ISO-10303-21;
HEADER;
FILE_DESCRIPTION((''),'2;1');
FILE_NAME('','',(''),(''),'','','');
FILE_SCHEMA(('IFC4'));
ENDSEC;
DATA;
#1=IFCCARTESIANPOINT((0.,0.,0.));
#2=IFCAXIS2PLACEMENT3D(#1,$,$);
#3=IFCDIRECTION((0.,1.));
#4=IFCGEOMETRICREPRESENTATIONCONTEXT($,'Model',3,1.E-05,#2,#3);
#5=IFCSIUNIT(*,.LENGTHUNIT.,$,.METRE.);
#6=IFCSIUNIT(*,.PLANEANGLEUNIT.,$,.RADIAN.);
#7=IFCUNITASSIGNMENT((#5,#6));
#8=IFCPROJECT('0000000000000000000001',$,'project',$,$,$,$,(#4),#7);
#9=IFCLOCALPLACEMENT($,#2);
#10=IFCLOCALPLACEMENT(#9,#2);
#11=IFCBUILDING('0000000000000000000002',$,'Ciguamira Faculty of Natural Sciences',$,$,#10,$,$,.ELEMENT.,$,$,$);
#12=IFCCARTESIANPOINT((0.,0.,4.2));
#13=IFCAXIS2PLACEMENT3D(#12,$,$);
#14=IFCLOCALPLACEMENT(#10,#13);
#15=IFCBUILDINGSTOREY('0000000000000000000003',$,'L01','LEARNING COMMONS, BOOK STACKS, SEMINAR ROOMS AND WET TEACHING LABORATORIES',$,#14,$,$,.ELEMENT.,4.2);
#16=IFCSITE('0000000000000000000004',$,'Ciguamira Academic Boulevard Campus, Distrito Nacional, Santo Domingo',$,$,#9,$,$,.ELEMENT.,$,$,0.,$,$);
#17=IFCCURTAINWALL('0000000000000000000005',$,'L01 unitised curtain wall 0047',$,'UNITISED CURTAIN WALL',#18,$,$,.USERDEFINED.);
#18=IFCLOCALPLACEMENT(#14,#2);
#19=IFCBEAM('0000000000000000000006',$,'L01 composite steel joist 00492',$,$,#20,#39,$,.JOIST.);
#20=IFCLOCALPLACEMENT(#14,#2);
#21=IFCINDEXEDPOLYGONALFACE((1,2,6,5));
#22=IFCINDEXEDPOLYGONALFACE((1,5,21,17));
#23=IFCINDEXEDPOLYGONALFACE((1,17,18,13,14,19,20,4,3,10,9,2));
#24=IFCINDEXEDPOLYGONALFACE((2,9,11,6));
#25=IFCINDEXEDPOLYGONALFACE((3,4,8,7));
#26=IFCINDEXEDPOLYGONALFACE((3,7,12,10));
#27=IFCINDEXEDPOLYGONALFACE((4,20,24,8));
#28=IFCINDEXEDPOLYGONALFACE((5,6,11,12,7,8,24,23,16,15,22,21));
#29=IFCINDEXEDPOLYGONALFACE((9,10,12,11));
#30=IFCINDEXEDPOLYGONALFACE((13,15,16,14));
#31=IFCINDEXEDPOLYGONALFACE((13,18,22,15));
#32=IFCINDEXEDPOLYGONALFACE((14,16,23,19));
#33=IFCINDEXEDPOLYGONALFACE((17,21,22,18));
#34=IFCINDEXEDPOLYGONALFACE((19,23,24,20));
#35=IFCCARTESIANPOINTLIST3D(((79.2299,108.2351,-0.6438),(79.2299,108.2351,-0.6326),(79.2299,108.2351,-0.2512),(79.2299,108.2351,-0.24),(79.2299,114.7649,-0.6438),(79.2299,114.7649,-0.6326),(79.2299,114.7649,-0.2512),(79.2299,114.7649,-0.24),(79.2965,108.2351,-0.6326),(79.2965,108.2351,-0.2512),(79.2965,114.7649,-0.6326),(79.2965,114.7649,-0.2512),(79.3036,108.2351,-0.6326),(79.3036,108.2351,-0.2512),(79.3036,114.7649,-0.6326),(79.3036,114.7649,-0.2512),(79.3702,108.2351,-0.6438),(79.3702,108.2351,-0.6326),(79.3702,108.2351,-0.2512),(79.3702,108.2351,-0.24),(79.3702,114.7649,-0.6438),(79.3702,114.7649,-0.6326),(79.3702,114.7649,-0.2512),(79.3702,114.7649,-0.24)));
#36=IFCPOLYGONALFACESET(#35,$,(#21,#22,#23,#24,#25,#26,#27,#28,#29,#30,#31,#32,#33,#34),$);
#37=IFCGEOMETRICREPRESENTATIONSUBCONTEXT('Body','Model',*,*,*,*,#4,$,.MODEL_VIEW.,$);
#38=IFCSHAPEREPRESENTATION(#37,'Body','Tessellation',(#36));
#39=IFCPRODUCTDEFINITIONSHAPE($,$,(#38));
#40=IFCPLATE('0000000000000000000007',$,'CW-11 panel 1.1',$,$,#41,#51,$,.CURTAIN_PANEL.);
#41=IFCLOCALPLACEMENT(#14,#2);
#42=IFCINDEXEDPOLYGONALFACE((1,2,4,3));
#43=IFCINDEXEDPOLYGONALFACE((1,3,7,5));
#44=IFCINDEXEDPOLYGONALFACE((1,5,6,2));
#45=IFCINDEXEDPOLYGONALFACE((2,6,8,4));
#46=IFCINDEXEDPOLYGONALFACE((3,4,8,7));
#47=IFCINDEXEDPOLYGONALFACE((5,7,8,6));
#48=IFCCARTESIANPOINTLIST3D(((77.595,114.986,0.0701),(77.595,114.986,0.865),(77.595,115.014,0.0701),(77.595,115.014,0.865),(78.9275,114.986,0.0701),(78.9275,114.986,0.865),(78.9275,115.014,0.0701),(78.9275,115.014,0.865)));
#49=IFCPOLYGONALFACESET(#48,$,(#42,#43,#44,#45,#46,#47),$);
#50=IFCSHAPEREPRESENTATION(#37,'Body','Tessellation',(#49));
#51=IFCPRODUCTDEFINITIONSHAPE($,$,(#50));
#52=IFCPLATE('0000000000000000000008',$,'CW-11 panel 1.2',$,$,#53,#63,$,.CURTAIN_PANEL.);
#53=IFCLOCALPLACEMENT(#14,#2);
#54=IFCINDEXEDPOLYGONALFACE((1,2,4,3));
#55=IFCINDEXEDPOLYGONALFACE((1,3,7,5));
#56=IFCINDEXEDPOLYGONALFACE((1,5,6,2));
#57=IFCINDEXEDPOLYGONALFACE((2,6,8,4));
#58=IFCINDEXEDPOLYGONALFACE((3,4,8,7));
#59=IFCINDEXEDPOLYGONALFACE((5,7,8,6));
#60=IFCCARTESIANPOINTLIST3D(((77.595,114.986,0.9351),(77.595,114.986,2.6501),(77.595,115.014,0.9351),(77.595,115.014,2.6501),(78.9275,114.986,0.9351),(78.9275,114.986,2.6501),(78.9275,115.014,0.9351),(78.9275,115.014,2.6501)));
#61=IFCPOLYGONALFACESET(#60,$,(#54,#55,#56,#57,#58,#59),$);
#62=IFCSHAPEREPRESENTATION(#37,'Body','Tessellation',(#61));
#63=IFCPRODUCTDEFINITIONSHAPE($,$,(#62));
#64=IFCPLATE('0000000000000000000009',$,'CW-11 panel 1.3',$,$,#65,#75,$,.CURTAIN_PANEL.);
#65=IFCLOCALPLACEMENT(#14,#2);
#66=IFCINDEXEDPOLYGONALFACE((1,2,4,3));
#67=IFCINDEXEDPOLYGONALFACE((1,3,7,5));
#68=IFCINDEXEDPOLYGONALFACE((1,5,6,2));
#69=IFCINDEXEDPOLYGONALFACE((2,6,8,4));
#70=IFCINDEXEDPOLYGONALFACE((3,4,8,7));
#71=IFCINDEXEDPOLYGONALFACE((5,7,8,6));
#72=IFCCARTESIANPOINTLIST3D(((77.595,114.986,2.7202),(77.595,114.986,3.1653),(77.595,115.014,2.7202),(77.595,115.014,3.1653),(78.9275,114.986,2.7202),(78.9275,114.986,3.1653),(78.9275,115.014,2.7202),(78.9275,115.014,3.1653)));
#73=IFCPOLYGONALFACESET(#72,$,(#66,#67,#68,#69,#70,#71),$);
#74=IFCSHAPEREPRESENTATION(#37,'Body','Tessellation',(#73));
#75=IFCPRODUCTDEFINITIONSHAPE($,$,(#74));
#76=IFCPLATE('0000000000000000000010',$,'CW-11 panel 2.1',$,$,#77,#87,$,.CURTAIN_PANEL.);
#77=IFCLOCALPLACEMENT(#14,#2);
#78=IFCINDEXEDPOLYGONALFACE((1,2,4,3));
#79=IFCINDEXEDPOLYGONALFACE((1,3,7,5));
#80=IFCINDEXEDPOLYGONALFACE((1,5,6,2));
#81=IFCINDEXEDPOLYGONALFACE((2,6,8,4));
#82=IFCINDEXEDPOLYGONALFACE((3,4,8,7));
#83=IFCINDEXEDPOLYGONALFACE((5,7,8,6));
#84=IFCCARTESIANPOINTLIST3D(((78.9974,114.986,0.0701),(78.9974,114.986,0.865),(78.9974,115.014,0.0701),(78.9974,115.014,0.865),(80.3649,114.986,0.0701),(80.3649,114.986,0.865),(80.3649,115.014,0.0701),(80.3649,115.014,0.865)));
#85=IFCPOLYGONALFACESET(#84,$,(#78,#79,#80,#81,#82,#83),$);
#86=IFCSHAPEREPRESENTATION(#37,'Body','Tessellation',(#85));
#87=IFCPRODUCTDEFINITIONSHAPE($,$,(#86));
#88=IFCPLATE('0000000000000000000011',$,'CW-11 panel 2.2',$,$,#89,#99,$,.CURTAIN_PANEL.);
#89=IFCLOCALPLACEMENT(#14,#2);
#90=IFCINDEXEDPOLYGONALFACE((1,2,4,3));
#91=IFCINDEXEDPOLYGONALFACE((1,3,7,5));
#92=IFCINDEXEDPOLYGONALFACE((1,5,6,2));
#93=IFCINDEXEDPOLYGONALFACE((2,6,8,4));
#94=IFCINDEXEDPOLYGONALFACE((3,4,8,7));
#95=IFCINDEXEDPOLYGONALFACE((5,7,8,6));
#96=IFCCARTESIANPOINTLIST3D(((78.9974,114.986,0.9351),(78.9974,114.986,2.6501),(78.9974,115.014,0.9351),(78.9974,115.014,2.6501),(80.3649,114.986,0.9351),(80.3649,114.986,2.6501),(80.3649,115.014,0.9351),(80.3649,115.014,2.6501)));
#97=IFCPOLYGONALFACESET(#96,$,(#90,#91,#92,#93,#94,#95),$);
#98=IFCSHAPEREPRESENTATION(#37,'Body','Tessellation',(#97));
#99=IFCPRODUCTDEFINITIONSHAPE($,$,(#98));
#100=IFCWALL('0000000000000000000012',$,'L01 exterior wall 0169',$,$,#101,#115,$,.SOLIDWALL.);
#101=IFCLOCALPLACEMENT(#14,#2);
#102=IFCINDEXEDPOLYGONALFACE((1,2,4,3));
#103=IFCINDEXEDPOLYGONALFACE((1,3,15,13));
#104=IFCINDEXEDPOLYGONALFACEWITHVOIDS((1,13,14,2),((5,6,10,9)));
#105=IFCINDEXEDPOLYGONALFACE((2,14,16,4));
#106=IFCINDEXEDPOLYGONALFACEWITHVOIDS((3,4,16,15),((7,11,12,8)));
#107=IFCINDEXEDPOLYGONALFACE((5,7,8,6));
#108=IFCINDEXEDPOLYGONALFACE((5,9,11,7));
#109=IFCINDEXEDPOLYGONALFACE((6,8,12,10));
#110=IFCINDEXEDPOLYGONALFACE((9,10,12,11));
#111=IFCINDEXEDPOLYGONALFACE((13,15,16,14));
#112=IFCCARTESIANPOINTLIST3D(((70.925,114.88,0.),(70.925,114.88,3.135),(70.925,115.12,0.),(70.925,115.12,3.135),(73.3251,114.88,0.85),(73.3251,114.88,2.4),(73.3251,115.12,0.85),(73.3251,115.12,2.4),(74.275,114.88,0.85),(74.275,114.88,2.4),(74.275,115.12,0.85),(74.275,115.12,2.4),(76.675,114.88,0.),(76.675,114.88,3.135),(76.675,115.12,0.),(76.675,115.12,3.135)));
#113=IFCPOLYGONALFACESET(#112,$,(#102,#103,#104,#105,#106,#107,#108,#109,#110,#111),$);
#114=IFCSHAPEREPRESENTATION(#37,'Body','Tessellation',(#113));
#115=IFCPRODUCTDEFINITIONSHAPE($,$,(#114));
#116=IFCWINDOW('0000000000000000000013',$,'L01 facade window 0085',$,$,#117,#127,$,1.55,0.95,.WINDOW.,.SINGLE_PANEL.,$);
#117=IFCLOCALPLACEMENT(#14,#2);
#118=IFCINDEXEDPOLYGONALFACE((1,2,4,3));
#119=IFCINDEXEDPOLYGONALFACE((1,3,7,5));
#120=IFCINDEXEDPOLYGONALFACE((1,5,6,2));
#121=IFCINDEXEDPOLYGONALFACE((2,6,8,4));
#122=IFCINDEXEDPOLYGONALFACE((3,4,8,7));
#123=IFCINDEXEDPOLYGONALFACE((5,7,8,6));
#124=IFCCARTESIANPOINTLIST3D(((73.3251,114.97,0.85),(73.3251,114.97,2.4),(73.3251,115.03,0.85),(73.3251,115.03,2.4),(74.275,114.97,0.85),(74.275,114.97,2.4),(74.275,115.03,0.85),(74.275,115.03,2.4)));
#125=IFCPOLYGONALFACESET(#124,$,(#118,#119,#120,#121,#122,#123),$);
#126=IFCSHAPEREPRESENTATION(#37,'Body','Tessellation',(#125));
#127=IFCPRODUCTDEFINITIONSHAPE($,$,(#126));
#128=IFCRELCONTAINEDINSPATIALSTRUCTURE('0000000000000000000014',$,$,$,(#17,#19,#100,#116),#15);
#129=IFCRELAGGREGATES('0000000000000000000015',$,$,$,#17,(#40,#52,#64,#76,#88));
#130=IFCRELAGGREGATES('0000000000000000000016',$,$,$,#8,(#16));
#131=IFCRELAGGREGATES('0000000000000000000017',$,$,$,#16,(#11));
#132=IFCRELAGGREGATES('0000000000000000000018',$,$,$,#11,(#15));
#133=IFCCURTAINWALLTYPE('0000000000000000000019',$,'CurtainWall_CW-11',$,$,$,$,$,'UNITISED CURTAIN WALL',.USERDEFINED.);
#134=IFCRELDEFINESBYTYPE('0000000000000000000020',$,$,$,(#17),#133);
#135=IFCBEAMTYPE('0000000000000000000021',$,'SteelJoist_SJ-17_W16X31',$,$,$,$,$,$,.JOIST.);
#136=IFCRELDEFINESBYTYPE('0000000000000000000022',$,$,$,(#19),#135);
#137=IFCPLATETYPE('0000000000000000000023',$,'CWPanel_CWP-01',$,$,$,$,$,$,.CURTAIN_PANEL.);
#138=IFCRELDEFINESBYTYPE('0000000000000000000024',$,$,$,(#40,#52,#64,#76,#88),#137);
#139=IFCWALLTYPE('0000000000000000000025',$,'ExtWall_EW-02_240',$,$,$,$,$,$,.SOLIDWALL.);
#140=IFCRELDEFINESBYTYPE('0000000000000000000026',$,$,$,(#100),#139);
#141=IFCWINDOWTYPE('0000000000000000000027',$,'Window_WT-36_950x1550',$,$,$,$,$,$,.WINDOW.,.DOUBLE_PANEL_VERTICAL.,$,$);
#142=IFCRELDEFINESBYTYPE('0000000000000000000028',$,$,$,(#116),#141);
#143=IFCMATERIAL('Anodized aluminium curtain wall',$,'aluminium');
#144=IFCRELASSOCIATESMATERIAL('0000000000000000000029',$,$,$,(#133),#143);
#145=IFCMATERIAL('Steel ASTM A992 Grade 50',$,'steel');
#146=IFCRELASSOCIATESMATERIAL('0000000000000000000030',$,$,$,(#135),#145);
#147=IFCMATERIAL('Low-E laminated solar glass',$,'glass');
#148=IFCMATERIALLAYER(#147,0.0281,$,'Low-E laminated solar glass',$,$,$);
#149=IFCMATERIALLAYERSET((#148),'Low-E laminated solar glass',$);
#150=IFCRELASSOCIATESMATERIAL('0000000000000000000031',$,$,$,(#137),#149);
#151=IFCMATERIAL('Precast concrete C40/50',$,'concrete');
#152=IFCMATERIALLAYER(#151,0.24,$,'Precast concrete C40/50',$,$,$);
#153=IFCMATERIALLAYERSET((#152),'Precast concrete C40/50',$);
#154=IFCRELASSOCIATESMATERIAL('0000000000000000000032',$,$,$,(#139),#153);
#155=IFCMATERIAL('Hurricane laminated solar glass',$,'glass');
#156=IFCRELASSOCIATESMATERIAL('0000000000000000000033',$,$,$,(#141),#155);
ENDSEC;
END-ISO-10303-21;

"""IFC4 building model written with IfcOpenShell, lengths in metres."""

from ifc_helpers import new_model, si_unit, direction, frame, frame_2d, origin, origin_2d, place, context, subcontext, project, spatial, rectangle, i_section, extrude, material, layer, layer_set, material_profile, profile_set, type_object, element, fill, aggregate, save


model = new_model("IFC4")

# Units and contexts
model_context = context("Model", 3, precision=1e-05, world=origin(), true_north=direction((0.0, 1.0)))
body_context = subcontext(model_context, "Body", "Model", "MODEL_VIEW")
ifc_project = project(units=[si_unit("LENGTHUNIT", "METRE"), si_unit("PLANEANGLEUNIT", "RADIAN")], contexts=[model_context])

# Site, building, storey
site_placement = place(None, origin())
site = spatial("IfcSite", under=ifc_project, at=site_placement, Name="Ciguamira Academic Boulevard Campus, Distrito Nacional, Santo Domingo", CompositionType="ELEMENT", RefElevation=0.0)
building_placement = place(site_placement, origin())
building = spatial("IfcBuilding", under=site, at=building_placement, Name="Ciguamira Faculty of Natural Sciences", CompositionType="ELEMENT")
storey_placement = place(building_placement, frame((0.0, 0.0, 4.2)))
storey = spatial("IfcBuildingStorey", under=building, at=storey_placement, Name="L01", Description="LEARNING COMMONS, BOOK STACKS, SEMINAR ROOMS AND WET TEACHING LABORATORIES", CompositionType="ELEMENT", Elevation=4.2)

# Curtain wall
ifc_material_1 = material(Name="Anodized aluminium curtain wall", Category="aluminium")
curtain_wall_type = type_object("IfcCurtainWallType", Name="CurtainWall_CW-11", ElementType="UNITISED CURTAIN WALL", PredefinedType="USERDEFINED", material=ifc_material_1)
curtain_wall_placement = place(storey_placement, origin())
curtain_wall = element("IfcCurtainWall", 1, at=curtain_wall_placement, inside=storey, type_object=curtain_wall_type, Name="L01 unitised curtain wall 0047", ObjectType="UNITISED CURTAIN WALL", PredefinedType="USERDEFINED")

# Beam
ifc_material_2 = material(Name="Steel ASTM A992 Grade 50", Category="steel")
ifc_material_profile_1 = material_profile(ifc_material_2, i_section(OverallWidth=0.1404, OverallDepth=0.4038, WebThickness=0.0071, FlangeThickness=0.0112, at=origin_2d()), Name="W16X31")
ifc_profile_set_1 = profile_set([ifc_material_profile_1], Name="Steel ASTM A992 Grade 50")
beam_type_1 = type_object("IfcBeamType", Name="SteelJoist_SJ-17_W16X31", PredefinedType="JOIST", material=ifc_profile_set_1)
beam_1_placement = place(storey_placement, frame((79.3, 108.2351, -0.4419), z_axis=(0.0, 1.0, 0.0), x_axis=(-1.0, 0.0, 0.0)))
element("IfcBeam", 2, at=beam_1_placement, inside=storey, type_object=beam_type_1, Name="L01 composite steel joist 00492", PredefinedType="JOIST", context=body_context, shape_type="SweptSolid", body=[
    extrude(i_section(OverallWidth=0.1404, OverallDepth=0.4038, WebThickness=0.0071, FlangeThickness=0.0112, at=origin_2d()), origin(), (0.0, 0.0, 1.0), 6.5298),
])

# Plates
ifc_material_3 = material(Name="Low-E laminated solar glass", Category="glass")
ifc_layer_1 = layer(ifc_material_3, 0.0281, Name="Low-E laminated solar glass")
ifc_layer_set_1 = layer_set([ifc_layer_1], Name="Low-E laminated solar glass")
plate_type = type_object("IfcPlateType", Name="CWPanel_CWP-01", PredefinedType="CURTAIN_PANEL", material=ifc_layer_set_1)
plate_1_placement = place(storey_placement, frame((78.2612, 115.0, 0.0701), z_axis=(0.0, 0.0, 1.0), x_axis=(1.0, 0.0, 0.0)))
plate_1 = element("IfcPlate", 3, at=plate_1_placement, type_object=plate_type, Name="CW-11 panel 1.1", PredefinedType="CURTAIN_PANEL", context=body_context, shape_type="SweptSolid", body=[
    extrude(rectangle(XDim=1.3325, YDim=0.0281, at=origin_2d()), origin(), (0.0, 0.0, 1.0), 0.7949),
])
plate_2_placement = place(storey_placement, frame((78.2612, 115.0, 0.9351), z_axis=(0.0, 0.0, 1.0), x_axis=(1.0, 0.0, 0.0)))
plate_2 = element("IfcPlate", 4, at=plate_2_placement, type_object=plate_type, Name="CW-11 panel 1.2", PredefinedType="CURTAIN_PANEL", context=body_context, shape_type="SweptSolid", body=[
    extrude(rectangle(XDim=1.3325, YDim=0.0281, at=origin_2d()), origin(), (0.0, 0.0, 1.0), 1.7151),
])
plate_3_placement = place(storey_placement, frame((78.2612, 115.0, 2.7202), z_axis=(0.0, 0.0, 1.0), x_axis=(1.0, 0.0, 0.0)))
plate_3 = element("IfcPlate", 5, at=plate_3_placement, type_object=plate_type, Name="CW-11 panel 1.3", PredefinedType="CURTAIN_PANEL", context=body_context, shape_type="SweptSolid", body=[
    extrude(rectangle(XDim=1.3325, YDim=0.0281, at=origin_2d()), origin(), (0.0, 0.0, 1.0), 0.4451),
])
plate_4_placement = place(storey_placement, frame((79.6812, 115.0, 0.0701), z_axis=(0.0, 0.0, 1.0), x_axis=(1.0, 0.0, 0.0)))
plate_4 = element("IfcPlate", 6, at=plate_4_placement, type_object=plate_type, Name="CW-11 panel 2.1", PredefinedType="CURTAIN_PANEL", context=body_context, shape_type="SweptSolid", body=[
    extrude(rectangle(XDim=1.3674, YDim=0.0281, at=origin_2d()), origin(), (0.0, 0.0, 1.0), 0.7949),
])
plate_5_placement = place(storey_placement, frame((79.6812, 115.0, 0.9351), z_axis=(0.0, 0.0, 1.0), x_axis=(1.0, 0.0, 0.0)))
plate_5 = element("IfcPlate", 7, at=plate_5_placement, type_object=plate_type, Name="CW-11 panel 2.2", PredefinedType="CURTAIN_PANEL", context=body_context, shape_type="SweptSolid", body=[
    extrude(rectangle(XDim=1.3674, YDim=0.0281, at=origin_2d()), origin(), (0.0, 0.0, 1.0), 1.7151),
])
aggregate(curtain_wall, [plate_1, plate_2, plate_3, plate_4, plate_5])

# Wall, opening, window
ifc_material_4 = material(Name="Precast concrete C40/50", Category="concrete")
ifc_layer_2 = layer(ifc_material_4, 0.24, Name="Precast concrete C40/50")
ifc_layer_set_2 = layer_set([ifc_layer_2], Name="Precast concrete C40/50")
wall_type = type_object("IfcWallType", Name="ExtWall_EW-02_240", PredefinedType="SOLIDWALL", material=ifc_layer_set_2)
wall_placement = place(storey_placement, frame((70.925, 115.0, 0.0), z_axis=(0.0, 0.0, 1.0), x_axis=(1.0, 0.0, 0.0)))
wall = element("IfcWall", 8, at=wall_placement, inside=storey, type_object=wall_type, Name="L01 exterior wall 0169", PredefinedType="SOLIDWALL", context=body_context, shape_type="SweptSolid", body=[
    extrude(rectangle(XDim=5.75, YDim=0.24, at=frame_2d((2.875, 0.0))), origin(), (0.0, 0.0, 1.0), 3.135),
])
opening_placement = place(wall_placement, frame((2.3999, 0.0, 0.8501)))
opening = element("IfcOpeningElement", 9, at=opening_placement, cuts=wall, PredefinedType="OPENING", context=body_context, shape_type="SweptSolid", body=[
    extrude(rectangle(XDim=0.95, YDim=1.55, at=frame_2d((0.4751, 0.7749))), frame((0.0, 0.1299, 0.0), z_axis=(0.0, -1.0, 0.0), x_axis=(1.0, 0.0, 0.0)), (0.0, 0.0, 1.0), 0.26),
])
ifc_material_5 = material(Name="Hurricane laminated solar glass", Category="glass")
window_type = type_object("IfcWindowType", Name="Window_WT-36_950x1550", PartitioningType="DOUBLE_PANEL_VERTICAL", PredefinedType="WINDOW", material=ifc_material_5)
window_placement = place(opening_placement, origin())
window = element("IfcWindow", 10, at=window_placement, inside=storey, type_object=window_type, Name="L01 facade window 0085", OverallHeight=1.55, OverallWidth=0.95, PartitioningType="SINGLE_PANEL", PredefinedType="WINDOW", context=body_context, shape_type="SweptSolid", body=[
    extrude(rectangle(XDim=0.95, YDim=1.55, at=frame_2d((0.4751, 0.7749))), frame((0.0, 0.03, 0.0), z_axis=(0.0, -1.0, 0.0), x_axis=(1.0, 0.0, 0.0)), (0.0, 0.0, 1.0), 0.0601),
])
fill(opening, window)

save(model, "model.ifc")
